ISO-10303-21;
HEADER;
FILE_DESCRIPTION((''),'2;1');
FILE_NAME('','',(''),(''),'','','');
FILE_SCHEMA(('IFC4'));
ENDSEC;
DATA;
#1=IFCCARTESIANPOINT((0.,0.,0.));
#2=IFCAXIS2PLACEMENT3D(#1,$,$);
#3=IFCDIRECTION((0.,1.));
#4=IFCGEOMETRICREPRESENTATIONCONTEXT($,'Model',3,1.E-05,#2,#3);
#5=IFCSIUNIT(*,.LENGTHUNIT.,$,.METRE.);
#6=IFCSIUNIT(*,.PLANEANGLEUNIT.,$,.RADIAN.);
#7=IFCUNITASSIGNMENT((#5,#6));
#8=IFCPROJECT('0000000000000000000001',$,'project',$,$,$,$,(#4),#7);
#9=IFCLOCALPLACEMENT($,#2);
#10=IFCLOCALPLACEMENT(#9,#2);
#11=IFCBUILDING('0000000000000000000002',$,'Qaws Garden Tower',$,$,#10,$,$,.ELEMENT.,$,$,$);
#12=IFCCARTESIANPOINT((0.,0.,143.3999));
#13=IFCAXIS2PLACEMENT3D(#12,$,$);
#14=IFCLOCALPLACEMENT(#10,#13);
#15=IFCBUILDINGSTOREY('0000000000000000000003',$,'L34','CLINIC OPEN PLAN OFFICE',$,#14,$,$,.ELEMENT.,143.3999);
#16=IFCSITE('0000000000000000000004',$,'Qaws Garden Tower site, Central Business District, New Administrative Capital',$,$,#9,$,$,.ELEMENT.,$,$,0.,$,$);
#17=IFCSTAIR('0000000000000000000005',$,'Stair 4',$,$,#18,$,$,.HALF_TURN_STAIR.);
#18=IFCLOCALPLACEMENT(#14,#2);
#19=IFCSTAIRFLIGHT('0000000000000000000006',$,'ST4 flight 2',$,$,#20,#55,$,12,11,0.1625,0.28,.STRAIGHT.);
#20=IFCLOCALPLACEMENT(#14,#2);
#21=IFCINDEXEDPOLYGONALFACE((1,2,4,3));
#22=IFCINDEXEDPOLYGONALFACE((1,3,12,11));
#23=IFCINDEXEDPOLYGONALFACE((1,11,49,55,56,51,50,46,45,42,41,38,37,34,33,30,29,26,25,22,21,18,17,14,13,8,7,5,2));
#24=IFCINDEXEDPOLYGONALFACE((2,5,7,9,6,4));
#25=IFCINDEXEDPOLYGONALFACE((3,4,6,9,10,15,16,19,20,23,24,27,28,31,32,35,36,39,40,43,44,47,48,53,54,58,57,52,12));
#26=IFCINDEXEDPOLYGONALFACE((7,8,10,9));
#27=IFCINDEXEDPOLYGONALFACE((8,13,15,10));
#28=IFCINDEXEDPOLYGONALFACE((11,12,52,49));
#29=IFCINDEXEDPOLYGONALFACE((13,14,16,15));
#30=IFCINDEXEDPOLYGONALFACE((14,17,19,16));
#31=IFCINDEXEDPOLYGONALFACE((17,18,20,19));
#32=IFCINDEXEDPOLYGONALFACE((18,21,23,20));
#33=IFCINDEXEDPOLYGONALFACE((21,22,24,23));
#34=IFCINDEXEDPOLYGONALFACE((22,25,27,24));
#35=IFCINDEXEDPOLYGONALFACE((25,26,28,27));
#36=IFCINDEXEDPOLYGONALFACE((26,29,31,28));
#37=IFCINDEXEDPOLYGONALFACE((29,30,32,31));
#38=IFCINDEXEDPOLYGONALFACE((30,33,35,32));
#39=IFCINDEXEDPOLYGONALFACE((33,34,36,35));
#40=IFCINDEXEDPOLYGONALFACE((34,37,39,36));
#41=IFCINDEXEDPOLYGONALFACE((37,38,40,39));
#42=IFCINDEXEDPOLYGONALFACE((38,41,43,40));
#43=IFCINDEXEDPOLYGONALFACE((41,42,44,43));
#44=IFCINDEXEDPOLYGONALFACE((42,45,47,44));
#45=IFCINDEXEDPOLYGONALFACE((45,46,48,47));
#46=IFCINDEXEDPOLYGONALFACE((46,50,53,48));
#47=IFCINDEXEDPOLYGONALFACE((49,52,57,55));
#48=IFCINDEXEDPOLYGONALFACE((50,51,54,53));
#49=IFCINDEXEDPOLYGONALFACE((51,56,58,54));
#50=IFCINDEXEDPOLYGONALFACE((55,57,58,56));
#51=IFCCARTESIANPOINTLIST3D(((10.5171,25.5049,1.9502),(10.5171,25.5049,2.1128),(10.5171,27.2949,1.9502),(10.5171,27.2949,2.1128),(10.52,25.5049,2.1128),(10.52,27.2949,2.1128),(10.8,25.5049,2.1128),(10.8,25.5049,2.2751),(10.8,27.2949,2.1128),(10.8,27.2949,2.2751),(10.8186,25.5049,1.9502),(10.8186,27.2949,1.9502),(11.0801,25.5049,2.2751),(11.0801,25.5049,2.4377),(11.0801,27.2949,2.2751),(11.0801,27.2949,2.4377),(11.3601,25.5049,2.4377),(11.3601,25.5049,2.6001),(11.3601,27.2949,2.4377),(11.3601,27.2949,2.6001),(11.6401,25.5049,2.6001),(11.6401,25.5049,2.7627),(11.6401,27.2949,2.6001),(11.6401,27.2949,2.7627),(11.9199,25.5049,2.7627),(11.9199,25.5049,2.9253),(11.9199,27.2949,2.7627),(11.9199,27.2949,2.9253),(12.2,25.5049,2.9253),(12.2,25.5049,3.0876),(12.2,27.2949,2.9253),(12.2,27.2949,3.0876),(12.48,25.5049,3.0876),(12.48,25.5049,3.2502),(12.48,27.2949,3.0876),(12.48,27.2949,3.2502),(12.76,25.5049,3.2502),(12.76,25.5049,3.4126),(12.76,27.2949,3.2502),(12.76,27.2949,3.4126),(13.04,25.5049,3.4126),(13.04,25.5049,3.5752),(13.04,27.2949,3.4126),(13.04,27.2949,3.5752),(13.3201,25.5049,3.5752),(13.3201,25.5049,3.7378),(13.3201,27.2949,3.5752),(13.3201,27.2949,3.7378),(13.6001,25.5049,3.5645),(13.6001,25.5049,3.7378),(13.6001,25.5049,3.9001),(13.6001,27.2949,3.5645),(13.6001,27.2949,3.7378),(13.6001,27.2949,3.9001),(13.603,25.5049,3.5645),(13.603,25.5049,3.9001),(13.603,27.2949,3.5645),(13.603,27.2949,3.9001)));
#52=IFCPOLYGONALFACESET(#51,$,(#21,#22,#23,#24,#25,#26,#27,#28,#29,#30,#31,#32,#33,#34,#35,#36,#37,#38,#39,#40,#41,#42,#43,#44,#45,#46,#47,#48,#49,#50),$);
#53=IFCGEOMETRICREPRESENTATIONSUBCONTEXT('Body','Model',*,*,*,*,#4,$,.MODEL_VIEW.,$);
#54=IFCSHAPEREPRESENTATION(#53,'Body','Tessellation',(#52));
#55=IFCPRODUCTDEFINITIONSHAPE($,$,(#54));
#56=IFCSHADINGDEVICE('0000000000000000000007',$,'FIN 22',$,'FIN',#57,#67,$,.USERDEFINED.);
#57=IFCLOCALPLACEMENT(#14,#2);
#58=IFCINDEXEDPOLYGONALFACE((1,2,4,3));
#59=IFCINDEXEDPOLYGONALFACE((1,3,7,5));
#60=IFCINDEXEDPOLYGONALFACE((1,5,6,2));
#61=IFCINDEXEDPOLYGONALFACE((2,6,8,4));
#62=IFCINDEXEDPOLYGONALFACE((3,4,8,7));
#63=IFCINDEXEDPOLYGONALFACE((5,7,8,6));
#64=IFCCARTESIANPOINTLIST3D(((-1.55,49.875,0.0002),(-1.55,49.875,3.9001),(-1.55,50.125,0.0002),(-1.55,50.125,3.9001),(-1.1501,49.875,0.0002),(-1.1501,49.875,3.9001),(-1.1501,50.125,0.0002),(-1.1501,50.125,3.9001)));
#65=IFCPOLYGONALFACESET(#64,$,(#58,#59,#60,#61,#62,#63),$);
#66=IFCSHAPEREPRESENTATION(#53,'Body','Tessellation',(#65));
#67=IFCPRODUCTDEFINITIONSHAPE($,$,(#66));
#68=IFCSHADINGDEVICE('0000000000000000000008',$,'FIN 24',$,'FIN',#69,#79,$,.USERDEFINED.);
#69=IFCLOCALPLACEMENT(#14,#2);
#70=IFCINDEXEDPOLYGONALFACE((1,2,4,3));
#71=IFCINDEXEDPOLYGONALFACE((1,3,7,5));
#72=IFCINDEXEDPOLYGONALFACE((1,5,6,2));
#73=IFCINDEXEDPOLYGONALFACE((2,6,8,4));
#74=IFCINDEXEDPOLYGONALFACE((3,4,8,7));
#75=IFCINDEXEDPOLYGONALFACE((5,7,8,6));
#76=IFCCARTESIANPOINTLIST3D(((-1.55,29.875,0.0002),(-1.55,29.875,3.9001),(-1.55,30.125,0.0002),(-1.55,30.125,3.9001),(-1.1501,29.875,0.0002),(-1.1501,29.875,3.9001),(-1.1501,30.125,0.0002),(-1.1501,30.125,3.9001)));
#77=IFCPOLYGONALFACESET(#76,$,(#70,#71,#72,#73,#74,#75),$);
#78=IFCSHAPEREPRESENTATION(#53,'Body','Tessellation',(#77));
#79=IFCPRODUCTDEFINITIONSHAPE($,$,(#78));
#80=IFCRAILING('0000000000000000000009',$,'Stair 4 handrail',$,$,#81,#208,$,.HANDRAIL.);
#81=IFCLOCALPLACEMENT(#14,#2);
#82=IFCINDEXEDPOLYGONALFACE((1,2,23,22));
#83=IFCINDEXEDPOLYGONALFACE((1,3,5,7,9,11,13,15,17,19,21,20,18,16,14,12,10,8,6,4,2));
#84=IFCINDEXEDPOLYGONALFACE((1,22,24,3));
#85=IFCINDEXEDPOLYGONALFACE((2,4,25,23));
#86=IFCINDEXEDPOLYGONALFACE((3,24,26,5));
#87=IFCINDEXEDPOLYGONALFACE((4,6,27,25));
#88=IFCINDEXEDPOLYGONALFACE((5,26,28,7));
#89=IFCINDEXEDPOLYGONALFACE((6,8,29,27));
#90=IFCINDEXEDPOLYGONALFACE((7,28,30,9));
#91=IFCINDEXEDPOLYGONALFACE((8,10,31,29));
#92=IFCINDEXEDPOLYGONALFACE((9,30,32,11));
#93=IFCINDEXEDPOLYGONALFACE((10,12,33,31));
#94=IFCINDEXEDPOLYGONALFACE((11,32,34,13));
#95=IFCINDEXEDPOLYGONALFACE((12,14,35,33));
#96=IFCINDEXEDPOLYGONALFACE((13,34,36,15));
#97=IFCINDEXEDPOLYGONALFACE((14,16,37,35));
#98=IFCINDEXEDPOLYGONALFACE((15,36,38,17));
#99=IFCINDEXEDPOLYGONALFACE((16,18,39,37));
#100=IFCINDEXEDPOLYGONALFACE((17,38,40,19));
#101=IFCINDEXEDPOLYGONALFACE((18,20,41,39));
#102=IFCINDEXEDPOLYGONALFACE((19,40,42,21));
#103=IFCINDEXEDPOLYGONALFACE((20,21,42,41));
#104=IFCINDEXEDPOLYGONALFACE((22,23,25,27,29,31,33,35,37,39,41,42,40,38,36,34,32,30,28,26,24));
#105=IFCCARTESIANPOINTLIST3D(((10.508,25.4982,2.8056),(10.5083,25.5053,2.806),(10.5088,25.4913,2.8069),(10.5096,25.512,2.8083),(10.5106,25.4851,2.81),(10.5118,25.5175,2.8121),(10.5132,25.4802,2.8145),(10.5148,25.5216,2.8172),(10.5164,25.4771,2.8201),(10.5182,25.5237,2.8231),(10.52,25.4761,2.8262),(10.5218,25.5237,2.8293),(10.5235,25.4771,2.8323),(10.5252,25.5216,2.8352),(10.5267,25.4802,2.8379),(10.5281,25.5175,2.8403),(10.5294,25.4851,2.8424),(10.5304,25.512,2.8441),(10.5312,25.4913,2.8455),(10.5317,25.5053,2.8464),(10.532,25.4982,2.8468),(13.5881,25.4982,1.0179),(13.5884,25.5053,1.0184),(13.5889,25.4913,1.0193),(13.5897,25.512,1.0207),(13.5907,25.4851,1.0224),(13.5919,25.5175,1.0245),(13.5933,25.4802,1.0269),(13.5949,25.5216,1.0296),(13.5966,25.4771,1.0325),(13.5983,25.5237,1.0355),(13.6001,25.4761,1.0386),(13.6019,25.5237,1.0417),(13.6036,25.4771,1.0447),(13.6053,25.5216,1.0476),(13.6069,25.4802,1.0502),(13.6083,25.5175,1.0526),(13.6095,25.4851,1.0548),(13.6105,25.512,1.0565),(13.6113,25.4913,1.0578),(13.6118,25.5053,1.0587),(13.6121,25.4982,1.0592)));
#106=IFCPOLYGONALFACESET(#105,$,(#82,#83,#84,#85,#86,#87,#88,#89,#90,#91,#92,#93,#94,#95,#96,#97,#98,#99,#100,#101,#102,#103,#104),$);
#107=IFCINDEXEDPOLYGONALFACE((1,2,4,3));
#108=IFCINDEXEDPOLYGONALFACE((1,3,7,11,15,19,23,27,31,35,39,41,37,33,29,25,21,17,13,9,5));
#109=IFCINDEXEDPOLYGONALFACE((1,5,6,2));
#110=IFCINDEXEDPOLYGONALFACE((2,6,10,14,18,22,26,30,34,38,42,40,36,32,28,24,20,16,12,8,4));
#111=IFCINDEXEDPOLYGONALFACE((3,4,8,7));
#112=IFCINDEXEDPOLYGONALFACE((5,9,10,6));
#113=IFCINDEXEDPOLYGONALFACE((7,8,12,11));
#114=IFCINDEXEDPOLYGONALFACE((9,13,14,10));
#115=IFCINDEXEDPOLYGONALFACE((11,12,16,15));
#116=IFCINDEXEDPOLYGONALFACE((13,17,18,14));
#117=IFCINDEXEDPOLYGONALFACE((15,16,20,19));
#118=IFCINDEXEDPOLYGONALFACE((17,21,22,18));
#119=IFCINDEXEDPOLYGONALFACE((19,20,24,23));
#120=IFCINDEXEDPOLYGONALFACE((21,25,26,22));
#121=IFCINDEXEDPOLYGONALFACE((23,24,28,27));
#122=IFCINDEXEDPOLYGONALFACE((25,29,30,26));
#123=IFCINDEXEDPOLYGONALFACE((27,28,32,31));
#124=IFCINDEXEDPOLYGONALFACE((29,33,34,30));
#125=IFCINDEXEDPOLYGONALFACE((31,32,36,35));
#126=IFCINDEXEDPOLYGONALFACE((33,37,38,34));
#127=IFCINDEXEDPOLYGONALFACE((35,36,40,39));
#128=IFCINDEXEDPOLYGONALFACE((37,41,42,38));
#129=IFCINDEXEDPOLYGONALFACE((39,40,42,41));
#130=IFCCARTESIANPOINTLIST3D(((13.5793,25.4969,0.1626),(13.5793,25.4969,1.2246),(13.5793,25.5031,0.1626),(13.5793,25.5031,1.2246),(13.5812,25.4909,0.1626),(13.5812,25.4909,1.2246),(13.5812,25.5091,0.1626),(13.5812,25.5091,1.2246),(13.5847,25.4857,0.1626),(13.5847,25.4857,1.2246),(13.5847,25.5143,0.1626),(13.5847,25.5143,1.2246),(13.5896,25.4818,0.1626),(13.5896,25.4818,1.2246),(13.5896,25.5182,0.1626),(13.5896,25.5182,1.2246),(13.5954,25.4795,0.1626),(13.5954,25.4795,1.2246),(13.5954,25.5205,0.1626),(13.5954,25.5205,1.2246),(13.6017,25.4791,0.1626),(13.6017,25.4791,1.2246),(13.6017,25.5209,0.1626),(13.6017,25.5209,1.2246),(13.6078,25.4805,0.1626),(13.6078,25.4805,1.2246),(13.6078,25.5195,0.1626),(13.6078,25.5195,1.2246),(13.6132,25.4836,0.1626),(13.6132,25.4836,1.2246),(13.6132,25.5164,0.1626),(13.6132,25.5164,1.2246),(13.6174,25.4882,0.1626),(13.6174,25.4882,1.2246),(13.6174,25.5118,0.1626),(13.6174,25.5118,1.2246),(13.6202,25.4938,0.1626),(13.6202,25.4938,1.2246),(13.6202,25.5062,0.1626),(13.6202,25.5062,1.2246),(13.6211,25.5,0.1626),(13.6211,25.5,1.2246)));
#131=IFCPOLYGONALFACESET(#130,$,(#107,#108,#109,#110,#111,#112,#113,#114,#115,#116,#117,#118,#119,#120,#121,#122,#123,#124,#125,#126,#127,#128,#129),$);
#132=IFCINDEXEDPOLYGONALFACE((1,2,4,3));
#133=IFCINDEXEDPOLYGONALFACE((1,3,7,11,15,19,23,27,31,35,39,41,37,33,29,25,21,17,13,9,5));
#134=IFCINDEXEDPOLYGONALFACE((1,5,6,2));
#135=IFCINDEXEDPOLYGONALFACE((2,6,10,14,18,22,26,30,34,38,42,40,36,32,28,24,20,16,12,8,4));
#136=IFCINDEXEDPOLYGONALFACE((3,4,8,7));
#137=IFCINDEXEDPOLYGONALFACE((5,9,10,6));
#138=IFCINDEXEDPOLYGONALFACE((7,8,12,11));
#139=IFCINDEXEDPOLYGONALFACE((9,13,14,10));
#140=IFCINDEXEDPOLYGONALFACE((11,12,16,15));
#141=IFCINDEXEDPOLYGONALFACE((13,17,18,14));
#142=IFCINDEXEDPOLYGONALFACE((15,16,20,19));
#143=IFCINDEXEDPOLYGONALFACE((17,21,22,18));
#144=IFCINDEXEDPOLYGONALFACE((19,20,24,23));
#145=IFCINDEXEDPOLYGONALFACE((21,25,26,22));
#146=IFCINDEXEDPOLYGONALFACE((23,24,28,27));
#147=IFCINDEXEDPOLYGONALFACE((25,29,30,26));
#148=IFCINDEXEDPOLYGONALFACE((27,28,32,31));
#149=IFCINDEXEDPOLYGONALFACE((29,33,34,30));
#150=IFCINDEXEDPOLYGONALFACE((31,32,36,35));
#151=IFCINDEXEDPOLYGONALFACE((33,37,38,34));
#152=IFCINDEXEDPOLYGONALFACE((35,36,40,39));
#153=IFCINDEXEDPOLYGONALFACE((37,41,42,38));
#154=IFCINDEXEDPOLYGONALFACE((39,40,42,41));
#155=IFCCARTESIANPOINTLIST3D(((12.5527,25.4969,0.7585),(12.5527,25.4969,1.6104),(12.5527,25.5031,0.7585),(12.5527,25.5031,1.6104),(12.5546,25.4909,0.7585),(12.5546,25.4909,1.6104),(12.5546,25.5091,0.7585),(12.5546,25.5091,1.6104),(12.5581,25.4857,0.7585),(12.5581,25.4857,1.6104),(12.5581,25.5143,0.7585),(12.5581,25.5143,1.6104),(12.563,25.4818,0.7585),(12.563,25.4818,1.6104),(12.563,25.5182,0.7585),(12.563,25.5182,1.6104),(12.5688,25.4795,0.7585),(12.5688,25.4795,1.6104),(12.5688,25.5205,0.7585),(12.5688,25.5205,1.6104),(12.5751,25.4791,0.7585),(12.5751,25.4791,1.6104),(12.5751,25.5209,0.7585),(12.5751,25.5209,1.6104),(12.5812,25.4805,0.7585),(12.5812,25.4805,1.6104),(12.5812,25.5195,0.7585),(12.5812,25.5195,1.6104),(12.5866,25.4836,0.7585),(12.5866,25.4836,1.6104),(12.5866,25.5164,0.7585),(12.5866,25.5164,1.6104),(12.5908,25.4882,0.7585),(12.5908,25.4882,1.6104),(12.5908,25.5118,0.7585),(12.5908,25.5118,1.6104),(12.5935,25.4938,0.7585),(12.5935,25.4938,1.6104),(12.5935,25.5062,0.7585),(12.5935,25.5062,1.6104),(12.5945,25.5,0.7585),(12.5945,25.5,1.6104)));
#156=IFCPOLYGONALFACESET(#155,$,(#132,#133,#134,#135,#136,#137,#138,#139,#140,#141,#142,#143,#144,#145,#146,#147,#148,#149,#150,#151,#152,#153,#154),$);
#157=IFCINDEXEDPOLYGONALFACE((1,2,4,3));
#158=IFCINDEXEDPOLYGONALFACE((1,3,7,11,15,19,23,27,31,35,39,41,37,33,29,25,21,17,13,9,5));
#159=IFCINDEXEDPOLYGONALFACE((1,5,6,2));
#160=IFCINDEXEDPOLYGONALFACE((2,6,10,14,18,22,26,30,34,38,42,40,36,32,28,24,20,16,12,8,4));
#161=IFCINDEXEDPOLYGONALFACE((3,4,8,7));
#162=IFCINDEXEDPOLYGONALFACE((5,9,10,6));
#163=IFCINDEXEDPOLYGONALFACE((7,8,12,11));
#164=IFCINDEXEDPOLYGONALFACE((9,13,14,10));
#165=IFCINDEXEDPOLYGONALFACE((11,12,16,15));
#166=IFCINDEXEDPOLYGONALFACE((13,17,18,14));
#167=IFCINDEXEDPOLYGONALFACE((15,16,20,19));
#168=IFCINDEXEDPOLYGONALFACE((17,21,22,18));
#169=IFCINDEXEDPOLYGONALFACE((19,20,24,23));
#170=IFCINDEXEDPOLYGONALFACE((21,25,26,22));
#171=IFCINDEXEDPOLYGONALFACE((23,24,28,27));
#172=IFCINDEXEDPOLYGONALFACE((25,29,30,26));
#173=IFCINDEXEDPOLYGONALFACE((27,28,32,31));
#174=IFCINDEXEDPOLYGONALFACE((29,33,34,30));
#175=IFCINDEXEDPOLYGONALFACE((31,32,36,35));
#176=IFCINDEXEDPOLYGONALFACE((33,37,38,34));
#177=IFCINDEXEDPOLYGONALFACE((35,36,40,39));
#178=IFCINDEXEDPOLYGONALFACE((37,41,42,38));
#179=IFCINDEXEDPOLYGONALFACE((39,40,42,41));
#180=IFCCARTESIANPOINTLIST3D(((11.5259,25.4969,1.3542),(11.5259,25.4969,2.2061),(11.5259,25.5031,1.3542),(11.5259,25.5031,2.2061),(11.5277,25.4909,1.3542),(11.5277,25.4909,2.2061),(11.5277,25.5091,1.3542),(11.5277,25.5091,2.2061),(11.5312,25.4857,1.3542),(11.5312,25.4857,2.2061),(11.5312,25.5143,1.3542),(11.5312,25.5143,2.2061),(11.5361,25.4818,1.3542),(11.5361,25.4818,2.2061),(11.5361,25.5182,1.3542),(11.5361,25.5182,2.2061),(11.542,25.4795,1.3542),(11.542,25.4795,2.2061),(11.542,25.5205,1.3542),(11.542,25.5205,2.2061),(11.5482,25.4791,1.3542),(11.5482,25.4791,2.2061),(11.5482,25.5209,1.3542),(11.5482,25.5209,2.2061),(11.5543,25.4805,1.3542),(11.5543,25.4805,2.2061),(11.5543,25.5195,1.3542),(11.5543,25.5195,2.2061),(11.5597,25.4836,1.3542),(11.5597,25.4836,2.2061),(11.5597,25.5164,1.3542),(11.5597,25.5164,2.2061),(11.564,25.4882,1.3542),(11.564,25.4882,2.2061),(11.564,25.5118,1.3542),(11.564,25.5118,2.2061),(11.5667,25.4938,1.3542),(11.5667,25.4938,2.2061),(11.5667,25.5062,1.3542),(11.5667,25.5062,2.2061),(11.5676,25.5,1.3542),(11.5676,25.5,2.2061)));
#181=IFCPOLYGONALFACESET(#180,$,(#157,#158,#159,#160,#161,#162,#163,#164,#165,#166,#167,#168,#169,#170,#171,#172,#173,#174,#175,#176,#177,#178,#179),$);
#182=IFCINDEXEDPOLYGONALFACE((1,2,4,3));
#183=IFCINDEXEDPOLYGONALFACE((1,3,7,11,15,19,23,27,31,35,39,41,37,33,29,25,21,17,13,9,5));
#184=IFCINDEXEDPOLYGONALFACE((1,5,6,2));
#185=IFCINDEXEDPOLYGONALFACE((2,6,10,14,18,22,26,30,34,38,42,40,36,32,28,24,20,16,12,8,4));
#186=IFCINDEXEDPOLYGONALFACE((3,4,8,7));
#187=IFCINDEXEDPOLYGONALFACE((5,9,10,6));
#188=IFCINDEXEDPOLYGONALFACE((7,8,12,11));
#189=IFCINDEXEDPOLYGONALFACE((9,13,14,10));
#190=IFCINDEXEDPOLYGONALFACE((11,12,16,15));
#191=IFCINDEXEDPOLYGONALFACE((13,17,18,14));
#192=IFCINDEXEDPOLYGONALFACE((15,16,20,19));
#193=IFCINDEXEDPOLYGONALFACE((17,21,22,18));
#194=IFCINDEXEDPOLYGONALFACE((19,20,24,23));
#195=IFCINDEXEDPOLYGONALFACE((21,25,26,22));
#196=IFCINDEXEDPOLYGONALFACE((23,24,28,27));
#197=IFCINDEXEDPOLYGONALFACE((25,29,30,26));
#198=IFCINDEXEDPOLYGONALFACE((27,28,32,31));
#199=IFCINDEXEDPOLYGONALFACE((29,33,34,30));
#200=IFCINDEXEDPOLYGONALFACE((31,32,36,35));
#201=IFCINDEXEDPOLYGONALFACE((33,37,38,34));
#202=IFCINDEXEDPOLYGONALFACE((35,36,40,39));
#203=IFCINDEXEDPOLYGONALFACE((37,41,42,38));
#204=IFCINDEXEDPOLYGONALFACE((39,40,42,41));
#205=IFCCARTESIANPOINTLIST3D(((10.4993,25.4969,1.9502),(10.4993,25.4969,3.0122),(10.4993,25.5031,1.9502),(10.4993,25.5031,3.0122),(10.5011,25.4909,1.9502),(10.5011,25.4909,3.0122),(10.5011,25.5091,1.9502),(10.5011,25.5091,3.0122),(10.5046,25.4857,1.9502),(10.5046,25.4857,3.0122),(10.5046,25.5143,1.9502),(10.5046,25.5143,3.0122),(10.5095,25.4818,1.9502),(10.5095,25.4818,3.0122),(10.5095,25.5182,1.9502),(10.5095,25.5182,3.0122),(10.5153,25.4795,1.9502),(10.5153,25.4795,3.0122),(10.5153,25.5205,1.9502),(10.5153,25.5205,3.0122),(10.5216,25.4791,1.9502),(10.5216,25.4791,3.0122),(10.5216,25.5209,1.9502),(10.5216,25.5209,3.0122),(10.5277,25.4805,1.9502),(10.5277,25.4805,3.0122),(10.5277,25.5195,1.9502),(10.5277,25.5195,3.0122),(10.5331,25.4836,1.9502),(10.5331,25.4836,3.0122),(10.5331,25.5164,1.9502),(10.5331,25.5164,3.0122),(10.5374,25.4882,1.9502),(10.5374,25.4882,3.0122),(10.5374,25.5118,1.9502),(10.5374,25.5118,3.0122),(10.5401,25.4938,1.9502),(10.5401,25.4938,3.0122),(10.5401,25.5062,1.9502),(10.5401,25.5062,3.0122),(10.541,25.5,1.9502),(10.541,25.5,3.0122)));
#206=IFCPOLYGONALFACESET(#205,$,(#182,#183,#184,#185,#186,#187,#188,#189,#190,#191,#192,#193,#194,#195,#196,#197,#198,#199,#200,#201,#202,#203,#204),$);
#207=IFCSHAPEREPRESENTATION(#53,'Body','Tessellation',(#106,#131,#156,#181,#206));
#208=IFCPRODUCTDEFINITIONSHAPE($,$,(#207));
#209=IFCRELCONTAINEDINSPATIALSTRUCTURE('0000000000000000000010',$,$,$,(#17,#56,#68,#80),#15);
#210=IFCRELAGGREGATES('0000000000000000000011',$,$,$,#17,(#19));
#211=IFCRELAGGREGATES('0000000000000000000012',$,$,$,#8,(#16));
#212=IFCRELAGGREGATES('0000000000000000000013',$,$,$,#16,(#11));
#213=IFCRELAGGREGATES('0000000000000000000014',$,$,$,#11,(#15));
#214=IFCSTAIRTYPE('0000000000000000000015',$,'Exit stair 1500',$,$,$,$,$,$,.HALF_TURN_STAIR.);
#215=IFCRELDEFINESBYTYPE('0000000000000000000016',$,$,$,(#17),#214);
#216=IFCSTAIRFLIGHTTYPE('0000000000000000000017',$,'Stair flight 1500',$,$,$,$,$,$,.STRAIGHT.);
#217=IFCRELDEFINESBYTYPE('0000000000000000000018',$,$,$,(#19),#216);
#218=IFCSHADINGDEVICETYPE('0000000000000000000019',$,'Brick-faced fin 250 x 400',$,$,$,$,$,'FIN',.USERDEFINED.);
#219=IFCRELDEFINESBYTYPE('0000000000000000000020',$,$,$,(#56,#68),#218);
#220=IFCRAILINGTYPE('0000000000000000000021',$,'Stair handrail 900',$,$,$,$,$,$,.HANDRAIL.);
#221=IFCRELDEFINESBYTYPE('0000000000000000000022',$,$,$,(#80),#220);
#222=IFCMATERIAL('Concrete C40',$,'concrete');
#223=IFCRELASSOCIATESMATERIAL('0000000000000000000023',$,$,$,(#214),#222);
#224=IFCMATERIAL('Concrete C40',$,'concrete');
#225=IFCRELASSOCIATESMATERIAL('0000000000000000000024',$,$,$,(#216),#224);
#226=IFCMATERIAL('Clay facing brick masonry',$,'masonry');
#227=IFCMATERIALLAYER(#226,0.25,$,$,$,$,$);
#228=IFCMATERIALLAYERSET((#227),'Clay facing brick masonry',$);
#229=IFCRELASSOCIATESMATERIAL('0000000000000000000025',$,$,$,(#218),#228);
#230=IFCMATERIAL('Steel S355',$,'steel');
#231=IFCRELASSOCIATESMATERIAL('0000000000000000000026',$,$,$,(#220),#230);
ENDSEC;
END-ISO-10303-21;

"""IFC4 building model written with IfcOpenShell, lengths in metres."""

from ifc_helpers import new_model, si_unit, direction, frame, origin, origin_2d, place, context, subcontext, project, spatial, polyline, rectangle, circle, outline, extrude, material, layer, layer_set, type_object, element, aggregate, save


model = new_model("IFC4")

# Units and contexts
model_context = context("Model", 3, precision=1e-05, world=origin(), true_north=direction((0.0, 1.0)))
body_context = subcontext(model_context, "Body", "Model", "MODEL_VIEW")
ifc_project = project(units=[si_unit("LENGTHUNIT", "METRE"), si_unit("PLANEANGLEUNIT", "RADIAN")], contexts=[model_context])

# Site, building, storey
site_placement = place(None, origin())
site = spatial("IfcSite", under=ifc_project, at=site_placement, Name="Qaws Garden Tower site, Central Business District, New Administrative Capital", CompositionType="ELEMENT", RefElevation=0.0)
building_placement = place(site_placement, origin())
building = spatial("IfcBuilding", under=site, at=building_placement, Name="Qaws Garden Tower", CompositionType="ELEMENT")
storey_placement = place(building_placement, frame((0.0, 0.0, 143.3999)))
storey = spatial("IfcBuildingStorey", under=building, at=storey_placement, Name="L34", Description="CLINIC OPEN PLAN OFFICE", CompositionType="ELEMENT", Elevation=143.3999)

# Stair, stair flight
ifc_material_1 = material(Name="Concrete C40", Category="concrete")
stair_type = type_object("IfcStairType", Name="Exit stair 1500", PredefinedType="HALF_TURN_STAIR", material=ifc_material_1)
stair_placement = place(storey_placement, origin())
stair = element("IfcStair", 1, at=stair_placement, inside=storey, type_object=stair_type, Name="Stair 4", PredefinedType="HALF_TURN_STAIR")
ifc_material_2 = material(Name="Concrete C40", Category="concrete")
stair_flight_type = type_object("IfcStairFlightType", Name="Stair flight 1500", PredefinedType="STRAIGHT", material=ifc_material_2)
stair_flight_placement = place(storey_placement, frame((10.52, 26.3999, 1.9502), z_axis=(0.0, 0.0, 1.0), x_axis=(1.0, 0.0, 0.0)))
stair_flight = element("IfcStairFlight", 2, at=stair_flight_placement, type_object=stair_flight_type, Name="ST4 flight 2", NumberOfRisers=12, NumberOfTreads=11, PredefinedType="STRAIGHT", RiserHeight=0.1625, TreadLength=0.28, context=body_context, shape_type="SweptSolid", body=[
    extrude(outline(polyline([(-0.0029, 0.0), (-0.0029, 0.1626), (0.0, 0.1626), (0.28, 0.1626), (0.28, 0.325), (0.5601, 0.325), (0.5601, 0.4875), (0.8401, 0.4875), (0.8401, 0.6499), (1.1201, 0.6499), (1.1201, 0.8125), (1.3999, 0.8125), (1.3999, 0.9751), (1.6799, 0.9751), (1.6799, 1.1375), (1.96, 1.1375), (1.96, 1.3), (2.24, 1.3), (2.24, 1.4624), (2.52, 1.4624), (2.52, 1.625), (2.8, 1.625), (2.8, 1.7876), (3.0801, 1.7876), (3.0801, 1.95), (3.083, 1.95), (3.083, 1.6143), (3.0801, 1.6143), (0.2986, 0.0), (-0.0029, 0.0)])), frame((0.0, 0.895, 0.0), z_axis=(0.0, -1.0, 0.0), x_axis=(1.0, 0.0, 0.0)), (0.0, 0.0, 1.0), 1.79),
])
aggregate(stair, [stair_flight])

# Shading devices
ifc_material_3 = material(Name="Clay facing brick masonry", Category="masonry")
ifc_layer_1 = layer(ifc_material_3, 0.25)
ifc_layer_set_1 = layer_set([ifc_layer_1], Name="Clay facing brick masonry")
shading_device_type = type_object("IfcShadingDeviceType", Name="Brick-faced fin 250 x 400", ElementType="FIN", PredefinedType="USERDEFINED", material=ifc_layer_set_1)
for number, where, z_axis, x_axis, name in (
    (3, (-1.3501, 50.0, 0.0002), (0.0, 0.0, 1.0), (0.0, -1.0, 0.0), "FIN 22"),
    (4, (-1.3501, 30.0, 0.0002), (0.0, 0.0, 1.0), (0.0, -1.0, 0.0), "FIN 24"),
):
    element("IfcShadingDevice", number, at=place(storey_placement, frame(where, z_axis=z_axis, x_axis=x_axis)), inside=storey, type_object=shading_device_type, Name=name, ObjectType="FIN", PredefinedType="USERDEFINED", context=body_context, shape_type="SweptSolid", body=[
        extrude(rectangle(XDim=0.25, YDim=0.3999, at=origin_2d()), origin(), (0.0, 0.0, 1.0), 3.8999),
    ])

# Railing
ifc_material_4 = material(Name="Steel S355", Category="steel")
railing_type = type_object("IfcRailingType", Name="Stair handrail 900", PredefinedType="HANDRAIL", material=ifc_material_4)
railing_1_placement = place(storey_placement, frame((13.6001, 25.5, 0.1626)))
element("IfcRailing", 5, at=railing_1_placement, inside=storey, type_object=railing_type, Name="Stair 4 handrail", PredefinedType="HANDRAIL", context=body_context, shape_type="SweptSolid", body=[
    extrude(circle(Radius=0.0239, at=origin_2d()), frame((0.0, 0.0, 0.876), z_axis=(-0.864891, 0.0, 0.50196), x_axis=(0.0, -1.0, 0.0)), (0.0, 0.0, 1.0), 3.5613),
    extrude(circle(Radius=0.021, at=origin_2d()), origin(), (0.0, 0.0, 1.0), 1.062),
    extrude(circle(Radius=0.021, at=origin_2d()), frame((-1.0266, 0.0, 0.5959)), (0.0, 0.0, 1.0), 0.8518),
    extrude(circle(Radius=0.021, at=origin_2d()), frame((-2.0535, 0.0, 1.1917)), (0.0, 0.0, 1.0), 0.8518),
    extrude(circle(Radius=0.021, at=origin_2d()), frame((-3.0801, 0.0, 1.7876)), (0.0, 0.0, 1.0), 1.062),
])

save(model, "model.ifc")
